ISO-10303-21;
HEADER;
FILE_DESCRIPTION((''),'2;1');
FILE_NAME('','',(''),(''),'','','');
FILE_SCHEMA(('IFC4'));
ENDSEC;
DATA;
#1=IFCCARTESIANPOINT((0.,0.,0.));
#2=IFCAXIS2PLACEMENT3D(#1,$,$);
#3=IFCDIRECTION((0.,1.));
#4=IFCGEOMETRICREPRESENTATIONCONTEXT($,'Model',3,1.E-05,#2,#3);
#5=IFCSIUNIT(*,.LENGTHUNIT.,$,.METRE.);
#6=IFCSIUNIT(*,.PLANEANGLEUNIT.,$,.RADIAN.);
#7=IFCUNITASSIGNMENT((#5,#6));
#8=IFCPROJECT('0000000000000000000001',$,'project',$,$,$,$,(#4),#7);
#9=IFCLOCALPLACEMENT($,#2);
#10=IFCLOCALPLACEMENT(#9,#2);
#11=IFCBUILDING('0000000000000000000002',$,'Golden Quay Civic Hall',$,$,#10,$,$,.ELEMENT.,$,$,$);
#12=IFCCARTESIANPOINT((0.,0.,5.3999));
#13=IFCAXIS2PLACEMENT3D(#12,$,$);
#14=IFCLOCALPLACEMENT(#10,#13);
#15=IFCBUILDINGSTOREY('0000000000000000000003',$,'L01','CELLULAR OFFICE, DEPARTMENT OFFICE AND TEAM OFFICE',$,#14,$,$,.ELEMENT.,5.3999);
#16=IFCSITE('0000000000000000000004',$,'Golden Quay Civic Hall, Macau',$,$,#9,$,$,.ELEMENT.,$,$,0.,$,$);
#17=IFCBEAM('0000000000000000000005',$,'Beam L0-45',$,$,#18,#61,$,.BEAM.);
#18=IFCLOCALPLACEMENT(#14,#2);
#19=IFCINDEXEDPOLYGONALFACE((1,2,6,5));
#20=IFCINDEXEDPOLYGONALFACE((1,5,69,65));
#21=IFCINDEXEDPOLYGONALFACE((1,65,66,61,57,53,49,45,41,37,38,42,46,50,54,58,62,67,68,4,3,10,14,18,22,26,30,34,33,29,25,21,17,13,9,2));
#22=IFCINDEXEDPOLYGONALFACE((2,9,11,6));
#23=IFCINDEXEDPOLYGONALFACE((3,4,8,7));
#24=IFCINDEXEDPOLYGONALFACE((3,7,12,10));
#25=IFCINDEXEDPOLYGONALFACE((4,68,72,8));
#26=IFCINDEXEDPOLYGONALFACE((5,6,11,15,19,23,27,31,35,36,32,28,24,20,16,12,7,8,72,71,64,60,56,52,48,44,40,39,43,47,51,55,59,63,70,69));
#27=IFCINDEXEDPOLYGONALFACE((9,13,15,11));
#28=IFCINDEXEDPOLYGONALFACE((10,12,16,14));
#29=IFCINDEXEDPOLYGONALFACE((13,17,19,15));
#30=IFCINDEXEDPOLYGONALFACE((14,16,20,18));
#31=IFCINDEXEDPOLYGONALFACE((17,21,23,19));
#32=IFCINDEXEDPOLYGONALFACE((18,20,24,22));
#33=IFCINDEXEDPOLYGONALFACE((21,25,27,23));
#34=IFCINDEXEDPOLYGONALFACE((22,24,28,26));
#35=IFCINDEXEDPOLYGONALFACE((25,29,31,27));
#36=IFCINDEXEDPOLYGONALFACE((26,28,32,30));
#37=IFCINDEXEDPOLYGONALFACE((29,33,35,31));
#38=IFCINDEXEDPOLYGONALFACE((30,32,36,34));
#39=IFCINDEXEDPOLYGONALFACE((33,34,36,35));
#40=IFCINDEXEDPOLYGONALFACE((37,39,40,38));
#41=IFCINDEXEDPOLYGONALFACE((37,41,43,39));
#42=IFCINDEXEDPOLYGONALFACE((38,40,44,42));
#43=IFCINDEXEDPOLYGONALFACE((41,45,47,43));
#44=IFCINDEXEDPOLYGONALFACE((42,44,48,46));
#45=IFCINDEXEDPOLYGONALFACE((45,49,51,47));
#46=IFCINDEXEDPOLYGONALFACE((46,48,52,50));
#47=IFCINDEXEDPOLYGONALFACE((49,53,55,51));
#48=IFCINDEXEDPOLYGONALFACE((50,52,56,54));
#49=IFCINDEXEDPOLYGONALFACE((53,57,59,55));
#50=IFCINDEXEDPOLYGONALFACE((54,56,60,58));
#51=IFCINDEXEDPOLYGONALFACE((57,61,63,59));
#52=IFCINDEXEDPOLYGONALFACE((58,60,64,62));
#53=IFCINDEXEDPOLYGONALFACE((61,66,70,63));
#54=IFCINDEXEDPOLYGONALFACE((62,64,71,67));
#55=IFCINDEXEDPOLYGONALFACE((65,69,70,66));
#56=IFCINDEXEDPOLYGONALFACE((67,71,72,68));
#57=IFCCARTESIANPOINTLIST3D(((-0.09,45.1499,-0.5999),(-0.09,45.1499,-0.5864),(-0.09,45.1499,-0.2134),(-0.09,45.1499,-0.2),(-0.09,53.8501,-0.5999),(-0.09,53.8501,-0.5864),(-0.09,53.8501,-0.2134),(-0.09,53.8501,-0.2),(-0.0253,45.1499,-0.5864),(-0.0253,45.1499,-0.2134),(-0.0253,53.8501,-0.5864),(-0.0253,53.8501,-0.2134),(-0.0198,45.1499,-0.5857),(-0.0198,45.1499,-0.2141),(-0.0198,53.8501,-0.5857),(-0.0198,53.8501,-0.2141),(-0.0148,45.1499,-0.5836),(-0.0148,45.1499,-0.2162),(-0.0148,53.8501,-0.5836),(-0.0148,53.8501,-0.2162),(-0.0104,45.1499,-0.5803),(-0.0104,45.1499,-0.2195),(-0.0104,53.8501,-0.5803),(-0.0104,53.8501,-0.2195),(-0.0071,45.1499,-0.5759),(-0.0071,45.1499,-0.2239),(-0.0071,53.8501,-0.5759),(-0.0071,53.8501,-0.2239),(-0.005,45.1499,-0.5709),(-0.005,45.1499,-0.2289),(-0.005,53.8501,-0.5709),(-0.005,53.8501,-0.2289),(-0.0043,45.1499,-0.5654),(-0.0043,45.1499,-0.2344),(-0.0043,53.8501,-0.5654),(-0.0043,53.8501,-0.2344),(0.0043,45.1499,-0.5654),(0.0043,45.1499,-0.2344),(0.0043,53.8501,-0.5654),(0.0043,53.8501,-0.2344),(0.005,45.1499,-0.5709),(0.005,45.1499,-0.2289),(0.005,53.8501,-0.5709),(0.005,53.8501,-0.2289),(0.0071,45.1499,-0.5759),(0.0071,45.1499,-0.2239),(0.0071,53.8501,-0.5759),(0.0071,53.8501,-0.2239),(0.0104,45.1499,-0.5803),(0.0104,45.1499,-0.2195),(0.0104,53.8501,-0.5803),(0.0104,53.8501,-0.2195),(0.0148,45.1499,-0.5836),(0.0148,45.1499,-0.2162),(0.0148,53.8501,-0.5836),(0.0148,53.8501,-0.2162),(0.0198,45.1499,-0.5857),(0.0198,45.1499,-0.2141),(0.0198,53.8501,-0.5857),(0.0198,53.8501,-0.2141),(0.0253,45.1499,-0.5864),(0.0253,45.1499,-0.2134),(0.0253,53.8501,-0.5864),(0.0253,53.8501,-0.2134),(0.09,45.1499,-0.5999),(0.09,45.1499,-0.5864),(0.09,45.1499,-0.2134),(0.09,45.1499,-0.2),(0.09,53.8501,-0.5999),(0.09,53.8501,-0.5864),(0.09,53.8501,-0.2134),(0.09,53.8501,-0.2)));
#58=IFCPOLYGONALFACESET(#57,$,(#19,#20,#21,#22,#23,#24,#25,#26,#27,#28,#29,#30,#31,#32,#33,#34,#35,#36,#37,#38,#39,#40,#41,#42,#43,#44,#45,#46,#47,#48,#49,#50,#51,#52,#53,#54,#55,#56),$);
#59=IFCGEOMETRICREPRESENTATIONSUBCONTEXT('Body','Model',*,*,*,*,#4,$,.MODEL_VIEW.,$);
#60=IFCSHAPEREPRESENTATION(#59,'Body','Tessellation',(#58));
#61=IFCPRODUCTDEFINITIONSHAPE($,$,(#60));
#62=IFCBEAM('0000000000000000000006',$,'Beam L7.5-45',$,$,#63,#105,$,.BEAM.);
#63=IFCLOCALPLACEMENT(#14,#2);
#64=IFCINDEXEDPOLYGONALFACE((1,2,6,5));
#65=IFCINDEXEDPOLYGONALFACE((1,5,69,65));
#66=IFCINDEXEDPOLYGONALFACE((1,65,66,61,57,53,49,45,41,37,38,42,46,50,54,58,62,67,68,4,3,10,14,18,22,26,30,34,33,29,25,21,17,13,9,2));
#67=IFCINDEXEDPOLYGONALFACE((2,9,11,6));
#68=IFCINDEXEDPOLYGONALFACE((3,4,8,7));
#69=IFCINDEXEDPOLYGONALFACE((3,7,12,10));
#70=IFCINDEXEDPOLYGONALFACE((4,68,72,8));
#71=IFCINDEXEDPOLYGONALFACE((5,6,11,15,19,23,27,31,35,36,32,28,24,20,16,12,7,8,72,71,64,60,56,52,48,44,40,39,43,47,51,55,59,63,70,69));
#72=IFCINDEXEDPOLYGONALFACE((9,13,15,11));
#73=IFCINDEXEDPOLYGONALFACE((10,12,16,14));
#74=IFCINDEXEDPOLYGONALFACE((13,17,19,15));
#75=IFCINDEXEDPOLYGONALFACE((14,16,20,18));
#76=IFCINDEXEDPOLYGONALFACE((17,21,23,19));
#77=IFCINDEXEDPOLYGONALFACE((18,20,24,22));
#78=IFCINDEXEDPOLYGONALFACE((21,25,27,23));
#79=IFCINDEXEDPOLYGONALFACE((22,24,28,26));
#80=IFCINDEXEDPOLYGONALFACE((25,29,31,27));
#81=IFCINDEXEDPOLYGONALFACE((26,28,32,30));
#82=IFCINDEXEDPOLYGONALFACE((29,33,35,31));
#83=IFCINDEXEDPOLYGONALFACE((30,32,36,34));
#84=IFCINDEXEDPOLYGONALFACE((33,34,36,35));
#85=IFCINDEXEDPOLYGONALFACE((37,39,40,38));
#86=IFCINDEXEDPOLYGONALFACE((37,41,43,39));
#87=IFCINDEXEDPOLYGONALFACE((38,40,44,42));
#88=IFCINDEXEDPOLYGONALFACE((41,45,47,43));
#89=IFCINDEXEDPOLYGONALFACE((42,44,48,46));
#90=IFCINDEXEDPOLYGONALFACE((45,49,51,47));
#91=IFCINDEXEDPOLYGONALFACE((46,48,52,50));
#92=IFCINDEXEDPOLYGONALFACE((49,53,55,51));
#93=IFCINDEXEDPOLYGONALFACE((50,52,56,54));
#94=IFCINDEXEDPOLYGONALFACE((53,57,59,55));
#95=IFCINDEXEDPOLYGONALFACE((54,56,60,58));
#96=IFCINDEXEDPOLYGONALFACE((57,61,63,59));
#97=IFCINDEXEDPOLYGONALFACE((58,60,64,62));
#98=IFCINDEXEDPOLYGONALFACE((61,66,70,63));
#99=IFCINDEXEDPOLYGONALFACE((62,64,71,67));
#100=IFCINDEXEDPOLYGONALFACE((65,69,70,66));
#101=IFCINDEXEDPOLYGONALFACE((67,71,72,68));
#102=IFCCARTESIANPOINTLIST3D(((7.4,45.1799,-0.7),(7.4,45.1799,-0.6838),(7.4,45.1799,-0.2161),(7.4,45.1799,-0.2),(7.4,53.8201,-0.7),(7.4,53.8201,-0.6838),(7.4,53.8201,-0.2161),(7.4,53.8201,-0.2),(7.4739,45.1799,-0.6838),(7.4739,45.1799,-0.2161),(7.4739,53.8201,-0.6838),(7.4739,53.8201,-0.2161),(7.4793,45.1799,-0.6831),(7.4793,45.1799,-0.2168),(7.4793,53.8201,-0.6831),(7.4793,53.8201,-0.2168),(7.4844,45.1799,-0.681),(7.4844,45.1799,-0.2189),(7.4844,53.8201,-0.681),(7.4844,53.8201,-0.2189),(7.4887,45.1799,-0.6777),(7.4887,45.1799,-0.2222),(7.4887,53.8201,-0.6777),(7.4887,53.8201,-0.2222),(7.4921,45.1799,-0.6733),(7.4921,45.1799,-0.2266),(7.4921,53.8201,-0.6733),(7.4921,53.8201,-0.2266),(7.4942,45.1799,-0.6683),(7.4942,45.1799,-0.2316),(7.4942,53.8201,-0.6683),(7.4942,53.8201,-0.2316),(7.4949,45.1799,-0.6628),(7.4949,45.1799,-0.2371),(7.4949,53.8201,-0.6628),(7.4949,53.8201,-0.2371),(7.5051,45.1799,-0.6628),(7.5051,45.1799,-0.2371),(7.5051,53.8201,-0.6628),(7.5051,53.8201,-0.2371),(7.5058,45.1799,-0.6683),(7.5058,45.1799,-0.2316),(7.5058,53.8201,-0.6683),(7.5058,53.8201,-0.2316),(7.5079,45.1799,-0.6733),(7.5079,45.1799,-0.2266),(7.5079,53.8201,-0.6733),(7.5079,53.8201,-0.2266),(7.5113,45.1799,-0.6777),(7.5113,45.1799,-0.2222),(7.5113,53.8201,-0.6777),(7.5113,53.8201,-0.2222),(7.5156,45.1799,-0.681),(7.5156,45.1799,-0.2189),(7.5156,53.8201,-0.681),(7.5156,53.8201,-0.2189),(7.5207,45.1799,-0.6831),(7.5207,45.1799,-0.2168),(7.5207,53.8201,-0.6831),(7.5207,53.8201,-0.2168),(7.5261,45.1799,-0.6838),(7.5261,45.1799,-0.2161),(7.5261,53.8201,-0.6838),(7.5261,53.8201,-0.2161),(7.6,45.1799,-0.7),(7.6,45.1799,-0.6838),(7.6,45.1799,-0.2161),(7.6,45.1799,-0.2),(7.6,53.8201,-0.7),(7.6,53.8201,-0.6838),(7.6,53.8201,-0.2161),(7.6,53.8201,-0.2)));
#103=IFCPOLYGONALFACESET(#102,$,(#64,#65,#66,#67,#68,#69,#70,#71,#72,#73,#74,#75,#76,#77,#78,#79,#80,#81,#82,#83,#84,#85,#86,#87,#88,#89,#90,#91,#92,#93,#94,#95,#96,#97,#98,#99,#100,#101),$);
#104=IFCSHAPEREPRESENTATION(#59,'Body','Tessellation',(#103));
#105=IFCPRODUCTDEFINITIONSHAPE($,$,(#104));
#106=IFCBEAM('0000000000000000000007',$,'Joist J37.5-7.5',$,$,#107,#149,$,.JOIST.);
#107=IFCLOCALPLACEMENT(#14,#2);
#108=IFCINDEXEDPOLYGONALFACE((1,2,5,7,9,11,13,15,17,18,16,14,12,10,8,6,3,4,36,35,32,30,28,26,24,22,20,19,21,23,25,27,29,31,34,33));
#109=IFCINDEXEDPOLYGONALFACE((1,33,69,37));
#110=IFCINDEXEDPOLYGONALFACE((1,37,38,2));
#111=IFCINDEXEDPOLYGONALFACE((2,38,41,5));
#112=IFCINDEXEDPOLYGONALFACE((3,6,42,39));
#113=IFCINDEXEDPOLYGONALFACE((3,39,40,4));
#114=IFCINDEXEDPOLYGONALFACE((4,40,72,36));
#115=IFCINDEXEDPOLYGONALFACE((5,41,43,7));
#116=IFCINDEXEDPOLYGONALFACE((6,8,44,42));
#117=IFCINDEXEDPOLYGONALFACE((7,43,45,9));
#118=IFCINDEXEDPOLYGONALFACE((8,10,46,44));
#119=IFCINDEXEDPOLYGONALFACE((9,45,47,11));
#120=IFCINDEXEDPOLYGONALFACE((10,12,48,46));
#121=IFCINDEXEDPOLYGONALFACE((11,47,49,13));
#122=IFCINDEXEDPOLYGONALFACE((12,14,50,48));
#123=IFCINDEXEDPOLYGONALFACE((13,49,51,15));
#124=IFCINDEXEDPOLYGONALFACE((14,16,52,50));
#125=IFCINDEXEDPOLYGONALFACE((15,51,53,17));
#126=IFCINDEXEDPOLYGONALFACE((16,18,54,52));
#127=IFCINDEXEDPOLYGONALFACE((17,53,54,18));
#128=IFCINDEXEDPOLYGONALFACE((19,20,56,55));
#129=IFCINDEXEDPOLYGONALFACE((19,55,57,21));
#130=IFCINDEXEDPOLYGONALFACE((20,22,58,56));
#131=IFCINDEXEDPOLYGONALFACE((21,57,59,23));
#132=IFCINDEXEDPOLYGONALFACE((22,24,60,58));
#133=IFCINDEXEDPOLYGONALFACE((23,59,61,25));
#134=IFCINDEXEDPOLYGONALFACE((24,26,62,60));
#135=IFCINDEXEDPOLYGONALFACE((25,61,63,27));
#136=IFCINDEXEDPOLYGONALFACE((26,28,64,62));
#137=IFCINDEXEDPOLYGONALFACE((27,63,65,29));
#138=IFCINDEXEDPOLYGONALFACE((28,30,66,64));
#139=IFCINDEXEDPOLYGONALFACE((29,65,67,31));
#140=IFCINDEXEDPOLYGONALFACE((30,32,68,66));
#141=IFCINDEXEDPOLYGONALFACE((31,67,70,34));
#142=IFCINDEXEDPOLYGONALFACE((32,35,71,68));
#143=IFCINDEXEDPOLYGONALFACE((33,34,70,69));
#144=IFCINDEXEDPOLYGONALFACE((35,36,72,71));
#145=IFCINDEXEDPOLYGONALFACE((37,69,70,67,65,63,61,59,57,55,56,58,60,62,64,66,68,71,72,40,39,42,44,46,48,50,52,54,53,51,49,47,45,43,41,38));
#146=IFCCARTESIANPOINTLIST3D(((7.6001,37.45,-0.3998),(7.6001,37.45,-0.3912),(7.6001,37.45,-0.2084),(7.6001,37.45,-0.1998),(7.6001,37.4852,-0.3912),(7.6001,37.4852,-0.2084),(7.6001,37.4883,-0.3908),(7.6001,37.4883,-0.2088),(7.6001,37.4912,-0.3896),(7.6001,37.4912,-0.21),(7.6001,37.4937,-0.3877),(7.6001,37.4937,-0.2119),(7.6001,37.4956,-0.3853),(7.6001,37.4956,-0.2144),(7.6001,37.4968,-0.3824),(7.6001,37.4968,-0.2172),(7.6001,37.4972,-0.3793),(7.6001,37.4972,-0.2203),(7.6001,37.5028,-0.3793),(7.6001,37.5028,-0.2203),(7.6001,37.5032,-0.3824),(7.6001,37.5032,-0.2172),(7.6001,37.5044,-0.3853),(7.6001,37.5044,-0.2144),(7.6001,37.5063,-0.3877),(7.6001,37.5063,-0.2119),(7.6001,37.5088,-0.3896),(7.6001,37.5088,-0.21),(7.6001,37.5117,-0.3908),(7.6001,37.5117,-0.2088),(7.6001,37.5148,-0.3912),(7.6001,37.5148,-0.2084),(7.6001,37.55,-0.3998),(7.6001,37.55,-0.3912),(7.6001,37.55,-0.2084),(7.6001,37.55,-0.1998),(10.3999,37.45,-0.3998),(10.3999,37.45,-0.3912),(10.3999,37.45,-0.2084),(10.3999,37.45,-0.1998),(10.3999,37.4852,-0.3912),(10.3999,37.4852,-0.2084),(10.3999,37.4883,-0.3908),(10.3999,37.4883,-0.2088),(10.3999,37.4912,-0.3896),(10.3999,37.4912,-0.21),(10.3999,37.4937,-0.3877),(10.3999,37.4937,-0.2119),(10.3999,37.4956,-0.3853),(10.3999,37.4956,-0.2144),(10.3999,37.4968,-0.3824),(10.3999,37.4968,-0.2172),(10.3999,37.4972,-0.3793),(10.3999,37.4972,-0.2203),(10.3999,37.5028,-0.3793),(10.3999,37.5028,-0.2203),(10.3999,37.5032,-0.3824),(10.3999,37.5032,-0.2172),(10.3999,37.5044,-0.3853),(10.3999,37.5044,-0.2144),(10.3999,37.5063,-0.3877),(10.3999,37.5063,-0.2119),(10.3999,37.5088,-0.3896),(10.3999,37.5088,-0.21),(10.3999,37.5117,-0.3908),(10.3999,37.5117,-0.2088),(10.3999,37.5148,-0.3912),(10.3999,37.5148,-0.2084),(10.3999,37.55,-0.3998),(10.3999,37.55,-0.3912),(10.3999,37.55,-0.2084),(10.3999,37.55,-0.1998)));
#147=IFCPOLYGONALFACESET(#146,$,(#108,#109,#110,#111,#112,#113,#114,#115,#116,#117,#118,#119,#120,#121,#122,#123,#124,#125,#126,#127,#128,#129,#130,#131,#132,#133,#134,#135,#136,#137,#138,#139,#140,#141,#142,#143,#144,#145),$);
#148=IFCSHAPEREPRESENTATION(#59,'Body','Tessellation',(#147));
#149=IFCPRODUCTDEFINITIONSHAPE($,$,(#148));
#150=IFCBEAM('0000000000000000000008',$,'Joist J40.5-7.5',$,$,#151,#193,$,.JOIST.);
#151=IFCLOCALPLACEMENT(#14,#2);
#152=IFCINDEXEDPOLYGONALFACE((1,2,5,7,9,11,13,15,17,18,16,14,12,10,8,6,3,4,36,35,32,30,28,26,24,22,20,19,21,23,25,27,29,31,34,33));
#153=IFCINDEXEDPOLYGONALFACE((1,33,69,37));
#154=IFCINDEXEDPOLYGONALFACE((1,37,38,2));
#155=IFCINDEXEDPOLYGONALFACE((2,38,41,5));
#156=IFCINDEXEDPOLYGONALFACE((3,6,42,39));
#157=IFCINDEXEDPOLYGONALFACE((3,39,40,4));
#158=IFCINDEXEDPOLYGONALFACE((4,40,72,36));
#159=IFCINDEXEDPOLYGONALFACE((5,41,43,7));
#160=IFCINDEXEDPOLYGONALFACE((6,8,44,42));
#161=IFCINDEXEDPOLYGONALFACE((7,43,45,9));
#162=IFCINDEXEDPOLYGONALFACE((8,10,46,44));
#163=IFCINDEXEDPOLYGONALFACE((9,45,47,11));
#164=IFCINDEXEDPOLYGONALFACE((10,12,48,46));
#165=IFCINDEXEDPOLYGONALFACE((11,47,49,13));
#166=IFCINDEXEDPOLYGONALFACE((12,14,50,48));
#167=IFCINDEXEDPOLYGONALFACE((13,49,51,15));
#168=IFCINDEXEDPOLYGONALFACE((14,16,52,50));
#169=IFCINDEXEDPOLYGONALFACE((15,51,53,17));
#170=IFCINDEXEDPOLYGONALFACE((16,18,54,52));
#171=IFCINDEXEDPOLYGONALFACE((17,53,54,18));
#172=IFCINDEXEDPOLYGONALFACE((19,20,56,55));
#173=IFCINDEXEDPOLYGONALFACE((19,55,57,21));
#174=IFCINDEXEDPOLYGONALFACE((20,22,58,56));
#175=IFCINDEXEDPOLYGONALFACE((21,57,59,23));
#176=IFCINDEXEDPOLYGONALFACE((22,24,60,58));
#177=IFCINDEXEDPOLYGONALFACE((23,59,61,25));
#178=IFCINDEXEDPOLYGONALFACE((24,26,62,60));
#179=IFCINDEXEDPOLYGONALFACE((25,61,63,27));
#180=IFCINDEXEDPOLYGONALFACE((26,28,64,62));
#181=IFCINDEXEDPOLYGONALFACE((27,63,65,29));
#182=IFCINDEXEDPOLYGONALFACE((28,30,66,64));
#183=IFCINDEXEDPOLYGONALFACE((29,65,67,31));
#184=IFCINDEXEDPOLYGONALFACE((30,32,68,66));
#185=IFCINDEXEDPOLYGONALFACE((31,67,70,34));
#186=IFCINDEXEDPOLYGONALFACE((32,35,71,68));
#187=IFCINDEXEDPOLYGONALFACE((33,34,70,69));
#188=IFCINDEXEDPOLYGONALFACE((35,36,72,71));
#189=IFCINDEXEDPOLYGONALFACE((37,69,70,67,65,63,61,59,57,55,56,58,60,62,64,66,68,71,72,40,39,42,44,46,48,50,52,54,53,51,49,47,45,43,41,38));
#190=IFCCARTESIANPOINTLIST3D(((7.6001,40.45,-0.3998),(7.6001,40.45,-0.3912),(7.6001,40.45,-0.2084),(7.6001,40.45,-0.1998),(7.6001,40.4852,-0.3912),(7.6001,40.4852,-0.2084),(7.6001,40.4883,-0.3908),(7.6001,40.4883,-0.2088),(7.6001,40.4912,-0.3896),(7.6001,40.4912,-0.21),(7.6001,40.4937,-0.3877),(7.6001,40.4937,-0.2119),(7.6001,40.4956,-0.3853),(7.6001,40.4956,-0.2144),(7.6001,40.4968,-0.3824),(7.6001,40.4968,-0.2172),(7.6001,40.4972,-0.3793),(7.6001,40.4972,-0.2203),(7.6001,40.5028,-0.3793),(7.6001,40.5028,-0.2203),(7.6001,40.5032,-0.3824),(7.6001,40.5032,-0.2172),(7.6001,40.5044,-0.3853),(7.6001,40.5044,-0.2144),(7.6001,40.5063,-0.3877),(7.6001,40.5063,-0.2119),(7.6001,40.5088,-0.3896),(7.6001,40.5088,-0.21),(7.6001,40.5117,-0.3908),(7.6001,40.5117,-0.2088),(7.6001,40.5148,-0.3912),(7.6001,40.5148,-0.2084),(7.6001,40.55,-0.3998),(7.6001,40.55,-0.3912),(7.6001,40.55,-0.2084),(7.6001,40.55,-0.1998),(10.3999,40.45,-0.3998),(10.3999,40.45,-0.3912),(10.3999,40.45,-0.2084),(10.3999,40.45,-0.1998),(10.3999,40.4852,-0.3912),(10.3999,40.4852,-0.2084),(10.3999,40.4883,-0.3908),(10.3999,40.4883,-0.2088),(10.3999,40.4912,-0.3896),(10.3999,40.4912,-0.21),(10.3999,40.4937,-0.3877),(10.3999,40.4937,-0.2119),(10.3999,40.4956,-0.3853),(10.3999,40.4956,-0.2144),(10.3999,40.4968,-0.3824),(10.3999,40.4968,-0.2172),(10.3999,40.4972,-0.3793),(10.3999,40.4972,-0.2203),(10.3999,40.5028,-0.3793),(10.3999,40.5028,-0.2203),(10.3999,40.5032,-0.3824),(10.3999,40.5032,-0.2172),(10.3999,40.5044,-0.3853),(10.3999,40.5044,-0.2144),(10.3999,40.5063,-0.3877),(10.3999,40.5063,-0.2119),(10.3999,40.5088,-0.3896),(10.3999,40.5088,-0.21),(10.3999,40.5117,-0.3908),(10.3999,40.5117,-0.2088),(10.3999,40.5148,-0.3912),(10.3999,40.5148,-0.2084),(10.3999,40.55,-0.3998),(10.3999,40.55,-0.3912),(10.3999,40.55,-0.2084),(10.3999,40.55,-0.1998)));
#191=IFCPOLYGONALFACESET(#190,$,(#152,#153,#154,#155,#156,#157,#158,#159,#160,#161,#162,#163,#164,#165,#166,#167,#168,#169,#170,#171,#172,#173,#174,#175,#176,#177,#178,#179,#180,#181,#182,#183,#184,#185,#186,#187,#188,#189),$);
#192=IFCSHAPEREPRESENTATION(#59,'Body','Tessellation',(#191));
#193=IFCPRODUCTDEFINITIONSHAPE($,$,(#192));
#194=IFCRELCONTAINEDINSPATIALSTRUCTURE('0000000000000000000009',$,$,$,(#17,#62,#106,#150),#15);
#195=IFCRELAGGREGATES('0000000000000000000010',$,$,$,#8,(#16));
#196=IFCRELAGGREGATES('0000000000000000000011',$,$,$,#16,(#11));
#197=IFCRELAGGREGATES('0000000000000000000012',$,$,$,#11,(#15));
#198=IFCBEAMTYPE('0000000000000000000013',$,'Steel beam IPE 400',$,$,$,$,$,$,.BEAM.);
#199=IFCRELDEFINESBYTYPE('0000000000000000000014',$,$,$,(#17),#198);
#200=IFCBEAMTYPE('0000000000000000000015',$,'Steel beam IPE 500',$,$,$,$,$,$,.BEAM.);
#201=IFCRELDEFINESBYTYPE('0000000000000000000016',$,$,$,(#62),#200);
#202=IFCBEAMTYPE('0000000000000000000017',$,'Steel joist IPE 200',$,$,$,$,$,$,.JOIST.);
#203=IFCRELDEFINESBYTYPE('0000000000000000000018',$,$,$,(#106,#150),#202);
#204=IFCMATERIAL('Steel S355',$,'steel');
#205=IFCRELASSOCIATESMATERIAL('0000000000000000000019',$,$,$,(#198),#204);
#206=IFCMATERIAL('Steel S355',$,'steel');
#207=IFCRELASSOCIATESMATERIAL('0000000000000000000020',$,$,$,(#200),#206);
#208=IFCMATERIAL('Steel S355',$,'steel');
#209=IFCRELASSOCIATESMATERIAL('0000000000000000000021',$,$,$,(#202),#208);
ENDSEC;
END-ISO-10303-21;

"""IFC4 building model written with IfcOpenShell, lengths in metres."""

from ifc_helpers import new_model, si_unit, direction, frame, origin, origin_2d, place, context, subcontext, project, spatial, i_section, extrude, material, material_profile, profile_set, type_object, element, save


model = new_model("IFC4")

# Units and contexts
model_context = context("Model", 3, precision=1e-05, world=origin(), true_north=direction((0.0, 1.0)))
body_context = subcontext(model_context, "Body", "Model", "MODEL_VIEW")
ifc_project = project(units=[si_unit("LENGTHUNIT", "METRE"), si_unit("PLANEANGLEUNIT", "RADIAN")], contexts=[model_context])

# Site, building, storey
site_placement = place(None, origin())
site = spatial("IfcSite", under=ifc_project, at=site_placement, Name="Golden Quay Civic Hall, Macau", CompositionType="ELEMENT", RefElevation=0.0)
building_placement = place(site_placement, origin())
building = spatial("IfcBuilding", under=site, at=building_placement, Name="Golden Quay Civic Hall", CompositionType="ELEMENT")
storey_placement = place(building_placement, frame((0.0, 0.0, 5.3999)))
storey = spatial("IfcBuildingStorey", under=building, at=storey_placement, Name="L01", Description="CELLULAR OFFICE, DEPARTMENT OFFICE AND TEAM OFFICE", CompositionType="ELEMENT", Elevation=5.3999)

# Beams
ifc_material_1 = material(Name="Steel S355", Category="steel")
ifc_material_profile_1 = material_profile(ifc_material_1, i_section(OverallWidth=0.1799, OverallDepth=0.3999, WebThickness=0.0085, FlangeThickness=0.0134, FilletRadius=0.021, at=origin_2d()), Name="IPE 400")
ifc_profile_set_1 = profile_set([ifc_material_profile_1], Name="Steel S355")
beam_type_1 = type_object("IfcBeamType", Name="Steel beam IPE 400", PredefinedType="BEAM", material=ifc_profile_set_1)
beam_1_placement = place(storey_placement, frame((0.0, 45.1499, -0.3999), z_axis=(0.0, 1.0, 0.0), x_axis=(-1.0, 0.0, 0.0)))
element("IfcBeam", 1, at=beam_1_placement, inside=storey, type_object=beam_type_1, Name="Beam L0-45", PredefinedType="BEAM", context=body_context, shape_type="SweptSolid", body=[
    extrude(i_section(OverallWidth=0.1799, OverallDepth=0.3999, WebThickness=0.0085, FlangeThickness=0.0134, FilletRadius=0.021, at=origin_2d()), origin(), (0.0, 0.0, 1.0), 8.7002),
])
ifc_material_2 = material(Name="Steel S355", Category="steel")
ifc_material_profile_2 = material_profile(ifc_material_2, i_section(OverallWidth=0.2, OverallDepth=0.5, WebThickness=0.0103, FlangeThickness=0.0161, FilletRadius=0.021, at=origin_2d()), Name="IPE 500")
ifc_profile_set_2 = profile_set([ifc_material_profile_2], Name="Steel S355")
beam_type_2 = type_object("IfcBeamType", Name="Steel beam IPE 500", PredefinedType="BEAM", material=ifc_profile_set_2)
beam_2_placement = place(storey_placement, frame((7.5, 45.1799, -0.45), z_axis=(0.0, 1.0, 0.0), x_axis=(-1.0, 0.0, 0.0)))
element("IfcBeam", 2, at=beam_2_placement, inside=storey, type_object=beam_type_2, Name="Beam L7.5-45", PredefinedType="BEAM", context=body_context, shape_type="SweptSolid", body=[
    extrude(i_section(OverallWidth=0.2, OverallDepth=0.5, WebThickness=0.0103, FlangeThickness=0.0161, FilletRadius=0.021, at=origin_2d()), origin(), (0.0, 0.0, 1.0), 8.6401),
])
ifc_material_3 = material(Name="Steel S355", Category="steel")
ifc_material_profile_3 = material_profile(ifc_material_3, i_section(OverallWidth=0.1001, OverallDepth=0.2, WebThickness=0.0056, FlangeThickness=0.0085, FilletRadius=0.012, at=origin_2d()), Name="IPE 200")
ifc_profile_set_3 = profile_set([ifc_material_profile_3], Name="Steel S355")
beam_type_3 = type_object("IfcBeamType", Name="Steel joist IPE 200", PredefinedType="JOIST", material=ifc_profile_set_3)
for number, where, z_axis, x_axis, name in (
    (3, (7.6001, 37.5, -0.2998), (1.0, 0.0, 0.0), (0.0, 1.0, 0.0), "Joist J37.5-7.5"),
    (4, (7.6001, 40.5, -0.2998), (1.0, 0.0, 0.0), (0.0, 1.0, 0.0), "Joist J40.5-7.5"),
):
    element("IfcBeam", number, at=place(storey_placement, frame(where, z_axis=z_axis, x_axis=x_axis)), inside=storey, type_object=beam_type_3, Name=name, PredefinedType="JOIST", context=body_context, shape_type="SweptSolid", body=[
        extrude(i_section(OverallWidth=0.1001, OverallDepth=0.2, WebThickness=0.0056, FlangeThickness=0.0085, FilletRadius=0.012, at=origin_2d()), origin(), (0.0, 0.0, 1.0), 2.7998),
    ])

save(model, "model.ifc")
